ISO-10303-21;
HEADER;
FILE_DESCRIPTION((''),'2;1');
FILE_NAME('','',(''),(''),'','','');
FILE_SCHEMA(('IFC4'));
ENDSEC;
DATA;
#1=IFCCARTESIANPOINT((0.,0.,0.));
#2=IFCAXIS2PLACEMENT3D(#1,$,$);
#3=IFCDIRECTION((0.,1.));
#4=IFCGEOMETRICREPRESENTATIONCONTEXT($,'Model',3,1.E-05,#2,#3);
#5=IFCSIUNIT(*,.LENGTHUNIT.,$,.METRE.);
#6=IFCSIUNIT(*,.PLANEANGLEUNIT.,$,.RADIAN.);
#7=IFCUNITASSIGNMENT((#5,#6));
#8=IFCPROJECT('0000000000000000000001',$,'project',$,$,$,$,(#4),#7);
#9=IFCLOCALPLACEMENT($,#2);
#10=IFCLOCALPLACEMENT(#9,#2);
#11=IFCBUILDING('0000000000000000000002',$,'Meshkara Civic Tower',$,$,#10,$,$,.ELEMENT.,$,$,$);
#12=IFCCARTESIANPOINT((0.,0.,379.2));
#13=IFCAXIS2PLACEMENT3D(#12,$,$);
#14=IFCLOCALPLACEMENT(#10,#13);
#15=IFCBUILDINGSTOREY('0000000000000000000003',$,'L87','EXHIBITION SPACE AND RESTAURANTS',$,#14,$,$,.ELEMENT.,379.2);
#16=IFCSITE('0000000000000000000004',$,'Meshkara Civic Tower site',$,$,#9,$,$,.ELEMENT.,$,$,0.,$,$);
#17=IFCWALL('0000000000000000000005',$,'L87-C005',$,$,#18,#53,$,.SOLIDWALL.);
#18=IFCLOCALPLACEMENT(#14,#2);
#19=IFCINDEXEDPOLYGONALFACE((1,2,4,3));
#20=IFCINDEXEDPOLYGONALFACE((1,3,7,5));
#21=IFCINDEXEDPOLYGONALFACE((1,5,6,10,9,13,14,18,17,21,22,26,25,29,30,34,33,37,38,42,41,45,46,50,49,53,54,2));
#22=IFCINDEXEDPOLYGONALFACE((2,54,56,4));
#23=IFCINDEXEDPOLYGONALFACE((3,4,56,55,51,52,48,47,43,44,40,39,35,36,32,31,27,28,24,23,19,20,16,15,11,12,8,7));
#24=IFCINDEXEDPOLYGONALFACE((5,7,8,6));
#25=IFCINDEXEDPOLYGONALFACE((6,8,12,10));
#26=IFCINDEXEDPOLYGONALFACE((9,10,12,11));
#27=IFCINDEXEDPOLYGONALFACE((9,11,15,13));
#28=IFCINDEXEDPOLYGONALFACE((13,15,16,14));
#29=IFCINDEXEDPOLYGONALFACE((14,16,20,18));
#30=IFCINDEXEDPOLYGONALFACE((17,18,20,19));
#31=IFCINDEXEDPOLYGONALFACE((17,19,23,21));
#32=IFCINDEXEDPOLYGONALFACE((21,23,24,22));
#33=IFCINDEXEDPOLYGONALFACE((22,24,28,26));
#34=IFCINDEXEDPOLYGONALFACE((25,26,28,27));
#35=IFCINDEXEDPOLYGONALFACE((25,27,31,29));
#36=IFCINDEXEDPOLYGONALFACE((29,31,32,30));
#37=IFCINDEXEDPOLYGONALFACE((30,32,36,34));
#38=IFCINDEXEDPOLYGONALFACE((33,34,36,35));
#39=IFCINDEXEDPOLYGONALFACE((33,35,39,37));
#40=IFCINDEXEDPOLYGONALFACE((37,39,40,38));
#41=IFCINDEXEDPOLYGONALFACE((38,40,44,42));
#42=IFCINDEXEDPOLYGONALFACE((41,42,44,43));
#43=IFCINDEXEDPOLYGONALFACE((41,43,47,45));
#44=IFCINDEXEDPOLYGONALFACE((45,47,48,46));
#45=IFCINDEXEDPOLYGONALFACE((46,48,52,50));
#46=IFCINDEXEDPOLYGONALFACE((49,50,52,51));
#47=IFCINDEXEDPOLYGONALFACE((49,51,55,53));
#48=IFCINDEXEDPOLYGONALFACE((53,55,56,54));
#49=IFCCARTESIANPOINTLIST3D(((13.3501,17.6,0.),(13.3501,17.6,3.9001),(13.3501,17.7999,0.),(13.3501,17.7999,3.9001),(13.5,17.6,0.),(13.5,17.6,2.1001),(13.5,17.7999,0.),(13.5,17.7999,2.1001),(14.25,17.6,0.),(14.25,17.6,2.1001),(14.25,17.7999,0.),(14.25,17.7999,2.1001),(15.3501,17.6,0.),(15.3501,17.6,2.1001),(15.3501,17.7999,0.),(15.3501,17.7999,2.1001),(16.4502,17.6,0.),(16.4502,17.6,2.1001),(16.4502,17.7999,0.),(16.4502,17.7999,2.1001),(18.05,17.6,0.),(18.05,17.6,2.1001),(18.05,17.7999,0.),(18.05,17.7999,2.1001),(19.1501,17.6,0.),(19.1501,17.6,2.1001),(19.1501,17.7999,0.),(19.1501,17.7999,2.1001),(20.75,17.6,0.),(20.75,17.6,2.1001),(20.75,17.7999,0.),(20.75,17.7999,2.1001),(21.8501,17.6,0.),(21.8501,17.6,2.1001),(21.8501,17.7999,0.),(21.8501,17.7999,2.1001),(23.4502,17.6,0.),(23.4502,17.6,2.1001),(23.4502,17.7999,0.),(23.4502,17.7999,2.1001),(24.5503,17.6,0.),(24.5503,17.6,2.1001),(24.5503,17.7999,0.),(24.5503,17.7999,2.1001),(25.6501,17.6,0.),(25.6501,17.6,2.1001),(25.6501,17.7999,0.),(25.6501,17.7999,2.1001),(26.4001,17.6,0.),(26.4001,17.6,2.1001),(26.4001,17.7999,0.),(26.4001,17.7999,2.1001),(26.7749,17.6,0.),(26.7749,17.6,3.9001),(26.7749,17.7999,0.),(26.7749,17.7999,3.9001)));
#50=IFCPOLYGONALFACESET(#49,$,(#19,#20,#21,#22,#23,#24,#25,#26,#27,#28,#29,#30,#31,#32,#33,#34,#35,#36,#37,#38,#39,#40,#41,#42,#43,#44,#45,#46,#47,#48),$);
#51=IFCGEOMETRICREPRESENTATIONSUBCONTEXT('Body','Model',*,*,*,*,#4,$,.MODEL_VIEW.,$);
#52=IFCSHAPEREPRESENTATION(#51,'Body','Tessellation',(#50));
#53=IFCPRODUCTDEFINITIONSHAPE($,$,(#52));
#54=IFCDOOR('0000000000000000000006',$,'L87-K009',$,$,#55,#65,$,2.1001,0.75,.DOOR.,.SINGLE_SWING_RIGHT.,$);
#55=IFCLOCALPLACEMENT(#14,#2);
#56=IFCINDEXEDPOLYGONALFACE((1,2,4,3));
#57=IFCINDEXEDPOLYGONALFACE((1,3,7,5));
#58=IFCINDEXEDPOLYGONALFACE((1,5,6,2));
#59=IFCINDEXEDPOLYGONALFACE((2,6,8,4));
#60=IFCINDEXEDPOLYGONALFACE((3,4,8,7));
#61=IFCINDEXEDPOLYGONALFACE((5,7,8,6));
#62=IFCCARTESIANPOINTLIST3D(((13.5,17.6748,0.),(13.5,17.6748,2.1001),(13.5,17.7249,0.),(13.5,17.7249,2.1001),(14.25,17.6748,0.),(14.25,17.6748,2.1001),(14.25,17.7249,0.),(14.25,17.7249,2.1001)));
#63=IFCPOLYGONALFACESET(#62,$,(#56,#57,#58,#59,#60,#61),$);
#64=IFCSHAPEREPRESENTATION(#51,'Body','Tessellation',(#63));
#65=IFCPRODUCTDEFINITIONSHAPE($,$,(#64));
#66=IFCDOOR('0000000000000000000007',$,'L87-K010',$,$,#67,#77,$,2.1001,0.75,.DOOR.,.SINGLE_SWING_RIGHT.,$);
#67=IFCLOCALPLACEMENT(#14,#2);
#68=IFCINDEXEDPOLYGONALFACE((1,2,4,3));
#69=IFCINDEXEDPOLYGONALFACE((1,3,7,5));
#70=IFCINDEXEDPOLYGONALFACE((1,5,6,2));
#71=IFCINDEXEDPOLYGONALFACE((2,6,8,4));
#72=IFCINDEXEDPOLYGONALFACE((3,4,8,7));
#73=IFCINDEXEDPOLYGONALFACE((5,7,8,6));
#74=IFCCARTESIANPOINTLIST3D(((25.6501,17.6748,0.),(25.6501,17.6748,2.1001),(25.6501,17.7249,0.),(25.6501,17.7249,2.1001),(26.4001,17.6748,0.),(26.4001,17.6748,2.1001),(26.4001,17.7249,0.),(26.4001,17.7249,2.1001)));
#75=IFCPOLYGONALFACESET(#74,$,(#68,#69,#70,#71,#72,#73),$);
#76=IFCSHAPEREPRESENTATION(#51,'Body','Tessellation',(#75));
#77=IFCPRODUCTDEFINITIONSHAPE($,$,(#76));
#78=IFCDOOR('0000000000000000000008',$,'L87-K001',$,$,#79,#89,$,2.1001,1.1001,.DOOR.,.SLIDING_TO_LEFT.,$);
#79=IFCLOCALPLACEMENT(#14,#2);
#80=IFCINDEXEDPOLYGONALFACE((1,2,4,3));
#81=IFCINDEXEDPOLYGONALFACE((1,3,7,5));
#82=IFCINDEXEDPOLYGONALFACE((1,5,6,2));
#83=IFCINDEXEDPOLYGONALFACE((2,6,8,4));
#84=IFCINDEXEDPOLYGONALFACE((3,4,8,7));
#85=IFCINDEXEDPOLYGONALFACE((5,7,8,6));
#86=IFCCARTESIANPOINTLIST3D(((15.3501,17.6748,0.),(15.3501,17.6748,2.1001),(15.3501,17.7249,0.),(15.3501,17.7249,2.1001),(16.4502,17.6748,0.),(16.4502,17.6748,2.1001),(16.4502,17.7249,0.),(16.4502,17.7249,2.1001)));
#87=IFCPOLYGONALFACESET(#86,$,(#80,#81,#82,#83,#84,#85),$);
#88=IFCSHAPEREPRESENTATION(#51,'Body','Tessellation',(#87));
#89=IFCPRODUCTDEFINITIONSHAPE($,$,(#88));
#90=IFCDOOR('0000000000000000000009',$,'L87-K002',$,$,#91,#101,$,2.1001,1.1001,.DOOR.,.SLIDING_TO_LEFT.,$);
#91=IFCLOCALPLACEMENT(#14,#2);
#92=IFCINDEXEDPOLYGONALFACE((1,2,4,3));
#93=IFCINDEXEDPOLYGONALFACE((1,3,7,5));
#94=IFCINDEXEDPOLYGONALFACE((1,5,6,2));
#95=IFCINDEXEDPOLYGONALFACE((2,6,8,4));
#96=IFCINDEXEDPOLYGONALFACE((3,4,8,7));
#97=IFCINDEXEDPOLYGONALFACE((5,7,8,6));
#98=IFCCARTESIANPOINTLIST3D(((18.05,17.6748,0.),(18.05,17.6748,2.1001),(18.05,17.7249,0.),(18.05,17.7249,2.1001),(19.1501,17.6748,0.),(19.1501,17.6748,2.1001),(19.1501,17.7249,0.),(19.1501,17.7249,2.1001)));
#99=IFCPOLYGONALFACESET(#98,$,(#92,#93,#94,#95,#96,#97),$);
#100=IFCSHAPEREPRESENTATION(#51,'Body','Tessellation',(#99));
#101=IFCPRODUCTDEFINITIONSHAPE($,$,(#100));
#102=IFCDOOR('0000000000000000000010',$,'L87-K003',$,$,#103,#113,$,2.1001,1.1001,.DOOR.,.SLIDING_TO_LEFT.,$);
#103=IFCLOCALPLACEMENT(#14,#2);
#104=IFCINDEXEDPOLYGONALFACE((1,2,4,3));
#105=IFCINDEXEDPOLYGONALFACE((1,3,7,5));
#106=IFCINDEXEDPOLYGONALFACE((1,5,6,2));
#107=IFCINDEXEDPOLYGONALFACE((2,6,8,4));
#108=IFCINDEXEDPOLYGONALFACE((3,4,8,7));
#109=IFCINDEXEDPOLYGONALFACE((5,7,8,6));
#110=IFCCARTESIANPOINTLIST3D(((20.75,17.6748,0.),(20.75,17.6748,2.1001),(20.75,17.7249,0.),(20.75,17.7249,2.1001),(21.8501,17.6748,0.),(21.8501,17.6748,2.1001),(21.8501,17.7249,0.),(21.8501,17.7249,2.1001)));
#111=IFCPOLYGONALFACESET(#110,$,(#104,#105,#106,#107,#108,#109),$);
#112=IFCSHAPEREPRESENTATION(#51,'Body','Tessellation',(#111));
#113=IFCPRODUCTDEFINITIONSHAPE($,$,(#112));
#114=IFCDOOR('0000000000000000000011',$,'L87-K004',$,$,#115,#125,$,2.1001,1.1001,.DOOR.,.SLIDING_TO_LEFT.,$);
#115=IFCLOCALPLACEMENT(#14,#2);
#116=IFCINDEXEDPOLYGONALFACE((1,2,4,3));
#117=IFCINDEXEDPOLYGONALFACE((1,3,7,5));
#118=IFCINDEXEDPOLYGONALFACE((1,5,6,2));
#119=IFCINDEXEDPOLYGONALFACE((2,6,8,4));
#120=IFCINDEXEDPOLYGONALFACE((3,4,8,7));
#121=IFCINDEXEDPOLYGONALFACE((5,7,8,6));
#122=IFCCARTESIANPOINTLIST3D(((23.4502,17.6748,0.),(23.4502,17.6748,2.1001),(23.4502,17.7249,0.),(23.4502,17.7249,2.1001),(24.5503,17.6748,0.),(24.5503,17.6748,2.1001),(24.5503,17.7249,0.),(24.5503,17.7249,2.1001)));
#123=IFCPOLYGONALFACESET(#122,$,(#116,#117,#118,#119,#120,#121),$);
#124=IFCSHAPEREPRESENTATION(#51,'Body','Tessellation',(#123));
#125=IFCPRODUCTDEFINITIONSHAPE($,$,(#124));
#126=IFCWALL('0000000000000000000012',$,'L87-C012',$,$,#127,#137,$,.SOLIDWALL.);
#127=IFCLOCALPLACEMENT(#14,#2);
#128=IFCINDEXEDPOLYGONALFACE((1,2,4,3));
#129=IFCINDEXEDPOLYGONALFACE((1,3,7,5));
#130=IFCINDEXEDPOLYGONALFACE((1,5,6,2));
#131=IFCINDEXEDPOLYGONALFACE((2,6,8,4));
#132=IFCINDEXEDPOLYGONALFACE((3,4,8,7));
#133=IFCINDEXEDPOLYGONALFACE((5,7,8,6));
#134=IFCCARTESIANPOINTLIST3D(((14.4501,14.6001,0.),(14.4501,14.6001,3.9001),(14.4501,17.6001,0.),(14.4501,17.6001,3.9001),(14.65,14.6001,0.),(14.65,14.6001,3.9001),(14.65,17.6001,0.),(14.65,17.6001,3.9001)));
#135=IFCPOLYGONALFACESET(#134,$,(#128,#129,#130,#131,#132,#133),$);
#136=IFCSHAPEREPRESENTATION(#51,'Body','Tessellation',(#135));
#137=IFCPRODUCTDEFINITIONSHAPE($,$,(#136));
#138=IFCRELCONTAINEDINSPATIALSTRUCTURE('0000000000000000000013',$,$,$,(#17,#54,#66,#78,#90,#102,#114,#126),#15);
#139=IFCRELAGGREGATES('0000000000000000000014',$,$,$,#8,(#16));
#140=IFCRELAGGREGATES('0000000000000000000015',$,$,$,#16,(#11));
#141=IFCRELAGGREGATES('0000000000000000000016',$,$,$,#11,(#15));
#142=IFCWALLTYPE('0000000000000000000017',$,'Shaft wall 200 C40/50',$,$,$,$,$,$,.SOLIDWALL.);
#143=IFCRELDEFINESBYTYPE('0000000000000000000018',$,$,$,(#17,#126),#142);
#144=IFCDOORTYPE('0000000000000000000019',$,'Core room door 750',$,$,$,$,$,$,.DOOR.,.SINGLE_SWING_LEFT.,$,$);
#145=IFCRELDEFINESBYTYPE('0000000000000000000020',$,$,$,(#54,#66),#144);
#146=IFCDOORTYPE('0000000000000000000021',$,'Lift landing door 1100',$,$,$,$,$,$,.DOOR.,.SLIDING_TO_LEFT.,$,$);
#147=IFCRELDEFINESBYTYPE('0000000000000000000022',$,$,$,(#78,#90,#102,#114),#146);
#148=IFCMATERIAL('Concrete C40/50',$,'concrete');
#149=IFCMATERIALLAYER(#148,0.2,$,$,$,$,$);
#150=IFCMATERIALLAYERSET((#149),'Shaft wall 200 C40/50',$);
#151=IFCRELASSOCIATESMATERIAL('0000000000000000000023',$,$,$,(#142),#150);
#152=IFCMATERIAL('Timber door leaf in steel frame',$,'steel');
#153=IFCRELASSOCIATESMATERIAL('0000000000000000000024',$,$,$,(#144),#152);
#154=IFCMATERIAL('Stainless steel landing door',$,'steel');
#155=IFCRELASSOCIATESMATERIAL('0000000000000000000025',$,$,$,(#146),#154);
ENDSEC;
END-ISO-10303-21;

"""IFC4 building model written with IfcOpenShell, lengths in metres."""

from ifc_helpers import new_model, si_unit, direction, frame, frame_2d, origin, place, context, subcontext, project, spatial, rectangle, extrude, material, layer, layer_set, type_object, element, fill, save


model = new_model("IFC4")

# Units and contexts
model_context = context("Model", 3, precision=1e-05, world=origin(), true_north=direction((0.0, 1.0)))
body_context = subcontext(model_context, "Body", "Model", "MODEL_VIEW")
ifc_project = project(units=[si_unit("LENGTHUNIT", "METRE"), si_unit("PLANEANGLEUNIT", "RADIAN")], contexts=[model_context])

# Site, building, storey
site_placement = place(None, origin())
site = spatial("IfcSite", under=ifc_project, at=site_placement, Name="Meshkara Civic Tower site", CompositionType="ELEMENT", RefElevation=0.0)
building_placement = place(site_placement, origin())
building = spatial("IfcBuilding", under=site, at=building_placement, Name="Meshkara Civic Tower", CompositionType="ELEMENT")
storey_placement = place(building_placement, frame((0.0, 0.0, 379.2)))
storey = spatial("IfcBuildingStorey", under=building, at=storey_placement, Name="L87", Description="EXHIBITION SPACE AND RESTAURANTS", CompositionType="ELEMENT", Elevation=379.2)

# Wall, openings, doors
ifc_material_1 = material(Name="Concrete C40/50", Category="concrete")
ifc_layer_1 = layer(ifc_material_1, 0.2)
ifc_layer_set_1 = layer_set([ifc_layer_1], Name="Shaft wall 200 C40/50")
wall_type_1 = type_object("IfcWallType", Name="Shaft wall 200 C40/50", PredefinedType="SOLIDWALL", material=ifc_layer_set_1)
wall_1_placement = place(storey_placement, frame((13.3501, 17.7, 0.0), z_axis=(0.0, 0.0, 1.0), x_axis=(1.0, 0.0, 0.0)))
wall_1 = element("IfcWall", 1, at=wall_1_placement, inside=storey, type_object=wall_type_1, Name="L87-C005", PredefinedType="SOLIDWALL", context=body_context, shape_type="SweptSolid", body=[
    extrude(rectangle(XDim=13.4248, YDim=0.2, at=frame_2d((6.7124, 0.0))), origin(), (0.0, 0.0, 1.0), 3.9001),
])
opening_1_placement = place(wall_1_placement, frame((2.0, 0.0, 0.0)))
opening_1 = element("IfcOpeningElement", 2, at=opening_1_placement, cuts=wall_1, PredefinedType="OPENING", context=body_context, shape_type="SweptSolid", body=[
    extrude(rectangle(XDim=1.1001, YDim=2.1001, at=frame_2d((0.55, 1.05))), frame((0.0, 0.1099, 0.0), z_axis=(0.0, -1.0, 0.0), x_axis=(1.0, 0.0, 0.0)), (0.0, 0.0, 1.0), 0.22),
])
opening_2_placement = place(wall_1_placement, frame((4.7, 0.0, 0.0)))
opening_2 = element("IfcOpeningElement", 3, at=opening_2_placement, cuts=wall_1, PredefinedType="OPENING", context=body_context, shape_type="SweptSolid", body=[
    extrude(rectangle(XDim=1.1001, YDim=2.1001, at=frame_2d((0.55, 1.05))), frame((0.0, 0.1099, 0.0), z_axis=(0.0, -1.0, 0.0), x_axis=(1.0, 0.0, 0.0)), (0.0, 0.0, 1.0), 0.22),
])
opening_3_placement = place(wall_1_placement, frame((7.3999, 0.0, 0.0)))
opening_3 = element("IfcOpeningElement", 4, at=opening_3_placement, cuts=wall_1, PredefinedType="OPENING", context=body_context, shape_type="SweptSolid", body=[
    extrude(rectangle(XDim=1.1001, YDim=2.1001, at=frame_2d((0.55, 1.05))), frame((0.0, 0.1099, 0.0), z_axis=(0.0, -1.0, 0.0), x_axis=(1.0, 0.0, 0.0)), (0.0, 0.0, 1.0), 0.22),
])
opening_4_placement = place(wall_1_placement, frame((10.1001, 0.0, 0.0)))
opening_4 = element("IfcOpeningElement", 5, at=opening_4_placement, cuts=wall_1, PredefinedType="OPENING", context=body_context, shape_type="SweptSolid", body=[
    extrude(rectangle(XDim=1.1001, YDim=2.1001, at=frame_2d((0.55, 1.05))), frame((0.0, 0.1099, 0.0), z_axis=(0.0, -1.0, 0.0), x_axis=(1.0, 0.0, 0.0)), (0.0, 0.0, 1.0), 0.22),
])
opening_5_placement = place(wall_1_placement, frame((0.1499, 0.0, 0.0)))
opening_5 = element("IfcOpeningElement", 6, at=opening_5_placement, cuts=wall_1, PredefinedType="OPENING", context=body_context, shape_type="SweptSolid", body=[
    extrude(rectangle(XDim=0.75, YDim=2.1001, at=frame_2d((0.375, 1.05))), frame((0.0, 0.1099, 0.0), z_axis=(0.0, -1.0, 0.0), x_axis=(1.0, 0.0, 0.0)), (0.0, 0.0, 1.0), 0.22),
])
opening_6_placement = place(wall_1_placement, frame((12.3, 0.0, 0.0)))
opening_6 = element("IfcOpeningElement", 7, at=opening_6_placement, cuts=wall_1, PredefinedType="OPENING", context=body_context, shape_type="SweptSolid", body=[
    extrude(rectangle(XDim=0.75, YDim=2.1001, at=frame_2d((0.375, 1.05))), frame((0.0, 0.1099, 0.0), z_axis=(0.0, -1.0, 0.0), x_axis=(1.0, 0.0, 0.0)), (0.0, 0.0, 1.0), 0.22),
])
ifc_material_2 = material(Name="Timber door leaf in steel frame", Category="steel")
door_type_1 = type_object("IfcDoorType", Name="Core room door 750", OperationType="SINGLE_SWING_LEFT", PredefinedType="DOOR", material=ifc_material_2)
door_1_placement = place(opening_5_placement, origin())
door_1 = element("IfcDoor", 8, at=door_1_placement, inside=storey, type_object=door_type_1, Name="L87-K009", OperationType="SINGLE_SWING_RIGHT", OverallHeight=2.1001, OverallWidth=0.75, PredefinedType="DOOR", context=body_context, shape_type="SweptSolid", body=[
    extrude(rectangle(XDim=0.75, YDim=2.1001, at=frame_2d((0.375, 1.05))), frame((0.0, 0.0249, 0.0), z_axis=(0.0, -1.0, 0.0), x_axis=(1.0, 0.0, 0.0)), (0.0, 0.0, 1.0), 0.05),
])
fill(opening_5, door_1)
door_2_placement = place(opening_6_placement, origin())
door_2 = element("IfcDoor", 9, at=door_2_placement, inside=storey, type_object=door_type_1, Name="L87-K010", OperationType="SINGLE_SWING_RIGHT", OverallHeight=2.1001, OverallWidth=0.75, PredefinedType="DOOR", context=body_context, shape_type="SweptSolid", body=[
    extrude(rectangle(XDim=0.75, YDim=2.1001, at=frame_2d((0.375, 1.05))), frame((0.0, 0.0249, 0.0), z_axis=(0.0, -1.0, 0.0), x_axis=(1.0, 0.0, 0.0)), (0.0, 0.0, 1.0), 0.05),
])
fill(opening_6, door_2)
ifc_material_3 = material(Name="Stainless steel landing door", Category="steel")
door_type_2 = type_object("IfcDoorType", Name="Lift landing door 1100", OperationType="SLIDING_TO_LEFT", PredefinedType="DOOR", material=ifc_material_3)
door_3_placement = place(opening_1_placement, origin())
door_3 = element("IfcDoor", 10, at=door_3_placement, inside=storey, type_object=door_type_2, Name="L87-K001", OperationType="SLIDING_TO_LEFT", OverallHeight=2.1001, OverallWidth=1.1001, PredefinedType="DOOR", context=body_context, shape_type="SweptSolid", body=[
    extrude(rectangle(XDim=1.1001, YDim=2.1001, at=frame_2d((0.55, 1.05))), frame((0.0, 0.0249, 0.0), z_axis=(0.0, -1.0, 0.0), x_axis=(1.0, 0.0, 0.0)), (0.0, 0.0, 1.0), 0.05),
])
fill(opening_1, door_3)
door_4_placement = place(opening_2_placement, origin())
door_4 = element("IfcDoor", 11, at=door_4_placement, inside=storey, type_object=door_type_2, Name="L87-K002", OperationType="SLIDING_TO_LEFT", OverallHeight=2.1001, OverallWidth=1.1001, PredefinedType="DOOR", context=body_context, shape_type="SweptSolid", body=[
    extrude(rectangle(XDim=1.1001, YDim=2.1001, at=frame_2d((0.55, 1.05))), frame((0.0, 0.0249, 0.0), z_axis=(0.0, -1.0, 0.0), x_axis=(1.0, 0.0, 0.0)), (0.0, 0.0, 1.0), 0.05),
])
fill(opening_2, door_4)
door_5_placement = place(opening_3_placement, origin())
door_5 = element("IfcDoor", 12, at=door_5_placement, inside=storey, type_object=door_type_2, Name="L87-K003", OperationType="SLIDING_TO_LEFT", OverallHeight=2.1001, OverallWidth=1.1001, PredefinedType="DOOR", context=body_context, shape_type="SweptSolid", body=[
    extrude(rectangle(XDim=1.1001, YDim=2.1001, at=frame_2d((0.55, 1.05))), frame((0.0, 0.0249, 0.0), z_axis=(0.0, -1.0, 0.0), x_axis=(1.0, 0.0, 0.0)), (0.0, 0.0, 1.0), 0.05),
])
fill(opening_3, door_5)
door_6_placement = place(opening_4_placement, origin())
door_6 = element("IfcDoor", 13, at=door_6_placement, inside=storey, type_object=door_type_2, Name="L87-K004", OperationType="SLIDING_TO_LEFT", OverallHeight=2.1001, OverallWidth=1.1001, PredefinedType="DOOR", context=body_context, shape_type="SweptSolid", body=[
    extrude(rectangle(XDim=1.1001, YDim=2.1001, at=frame_2d((0.55, 1.05))), frame((0.0, 0.0249, 0.0), z_axis=(0.0, -1.0, 0.0), x_axis=(1.0, 0.0, 0.0)), (0.0, 0.0, 1.0), 0.05),
])
fill(opening_4, door_6)

# Wall
wall_2_placement = place(storey_placement, frame((14.55, 14.6001, 0.0), z_axis=(0.0, 0.0, 1.0), x_axis=(0.0, 1.0, 0.0)))
element("IfcWall", 14, at=wall_2_placement, inside=storey, type_object=wall_type_1, Name="L87-C012", PredefinedType="SOLIDWALL", context=body_context, shape_type="SweptSolid", body=[
    extrude(rectangle(XDim=3.0, YDim=0.2, at=frame_2d((1.5, 0.0))), origin(), (0.0, 0.0, 1.0), 3.9001),
])

save(model, "model.ifc")
